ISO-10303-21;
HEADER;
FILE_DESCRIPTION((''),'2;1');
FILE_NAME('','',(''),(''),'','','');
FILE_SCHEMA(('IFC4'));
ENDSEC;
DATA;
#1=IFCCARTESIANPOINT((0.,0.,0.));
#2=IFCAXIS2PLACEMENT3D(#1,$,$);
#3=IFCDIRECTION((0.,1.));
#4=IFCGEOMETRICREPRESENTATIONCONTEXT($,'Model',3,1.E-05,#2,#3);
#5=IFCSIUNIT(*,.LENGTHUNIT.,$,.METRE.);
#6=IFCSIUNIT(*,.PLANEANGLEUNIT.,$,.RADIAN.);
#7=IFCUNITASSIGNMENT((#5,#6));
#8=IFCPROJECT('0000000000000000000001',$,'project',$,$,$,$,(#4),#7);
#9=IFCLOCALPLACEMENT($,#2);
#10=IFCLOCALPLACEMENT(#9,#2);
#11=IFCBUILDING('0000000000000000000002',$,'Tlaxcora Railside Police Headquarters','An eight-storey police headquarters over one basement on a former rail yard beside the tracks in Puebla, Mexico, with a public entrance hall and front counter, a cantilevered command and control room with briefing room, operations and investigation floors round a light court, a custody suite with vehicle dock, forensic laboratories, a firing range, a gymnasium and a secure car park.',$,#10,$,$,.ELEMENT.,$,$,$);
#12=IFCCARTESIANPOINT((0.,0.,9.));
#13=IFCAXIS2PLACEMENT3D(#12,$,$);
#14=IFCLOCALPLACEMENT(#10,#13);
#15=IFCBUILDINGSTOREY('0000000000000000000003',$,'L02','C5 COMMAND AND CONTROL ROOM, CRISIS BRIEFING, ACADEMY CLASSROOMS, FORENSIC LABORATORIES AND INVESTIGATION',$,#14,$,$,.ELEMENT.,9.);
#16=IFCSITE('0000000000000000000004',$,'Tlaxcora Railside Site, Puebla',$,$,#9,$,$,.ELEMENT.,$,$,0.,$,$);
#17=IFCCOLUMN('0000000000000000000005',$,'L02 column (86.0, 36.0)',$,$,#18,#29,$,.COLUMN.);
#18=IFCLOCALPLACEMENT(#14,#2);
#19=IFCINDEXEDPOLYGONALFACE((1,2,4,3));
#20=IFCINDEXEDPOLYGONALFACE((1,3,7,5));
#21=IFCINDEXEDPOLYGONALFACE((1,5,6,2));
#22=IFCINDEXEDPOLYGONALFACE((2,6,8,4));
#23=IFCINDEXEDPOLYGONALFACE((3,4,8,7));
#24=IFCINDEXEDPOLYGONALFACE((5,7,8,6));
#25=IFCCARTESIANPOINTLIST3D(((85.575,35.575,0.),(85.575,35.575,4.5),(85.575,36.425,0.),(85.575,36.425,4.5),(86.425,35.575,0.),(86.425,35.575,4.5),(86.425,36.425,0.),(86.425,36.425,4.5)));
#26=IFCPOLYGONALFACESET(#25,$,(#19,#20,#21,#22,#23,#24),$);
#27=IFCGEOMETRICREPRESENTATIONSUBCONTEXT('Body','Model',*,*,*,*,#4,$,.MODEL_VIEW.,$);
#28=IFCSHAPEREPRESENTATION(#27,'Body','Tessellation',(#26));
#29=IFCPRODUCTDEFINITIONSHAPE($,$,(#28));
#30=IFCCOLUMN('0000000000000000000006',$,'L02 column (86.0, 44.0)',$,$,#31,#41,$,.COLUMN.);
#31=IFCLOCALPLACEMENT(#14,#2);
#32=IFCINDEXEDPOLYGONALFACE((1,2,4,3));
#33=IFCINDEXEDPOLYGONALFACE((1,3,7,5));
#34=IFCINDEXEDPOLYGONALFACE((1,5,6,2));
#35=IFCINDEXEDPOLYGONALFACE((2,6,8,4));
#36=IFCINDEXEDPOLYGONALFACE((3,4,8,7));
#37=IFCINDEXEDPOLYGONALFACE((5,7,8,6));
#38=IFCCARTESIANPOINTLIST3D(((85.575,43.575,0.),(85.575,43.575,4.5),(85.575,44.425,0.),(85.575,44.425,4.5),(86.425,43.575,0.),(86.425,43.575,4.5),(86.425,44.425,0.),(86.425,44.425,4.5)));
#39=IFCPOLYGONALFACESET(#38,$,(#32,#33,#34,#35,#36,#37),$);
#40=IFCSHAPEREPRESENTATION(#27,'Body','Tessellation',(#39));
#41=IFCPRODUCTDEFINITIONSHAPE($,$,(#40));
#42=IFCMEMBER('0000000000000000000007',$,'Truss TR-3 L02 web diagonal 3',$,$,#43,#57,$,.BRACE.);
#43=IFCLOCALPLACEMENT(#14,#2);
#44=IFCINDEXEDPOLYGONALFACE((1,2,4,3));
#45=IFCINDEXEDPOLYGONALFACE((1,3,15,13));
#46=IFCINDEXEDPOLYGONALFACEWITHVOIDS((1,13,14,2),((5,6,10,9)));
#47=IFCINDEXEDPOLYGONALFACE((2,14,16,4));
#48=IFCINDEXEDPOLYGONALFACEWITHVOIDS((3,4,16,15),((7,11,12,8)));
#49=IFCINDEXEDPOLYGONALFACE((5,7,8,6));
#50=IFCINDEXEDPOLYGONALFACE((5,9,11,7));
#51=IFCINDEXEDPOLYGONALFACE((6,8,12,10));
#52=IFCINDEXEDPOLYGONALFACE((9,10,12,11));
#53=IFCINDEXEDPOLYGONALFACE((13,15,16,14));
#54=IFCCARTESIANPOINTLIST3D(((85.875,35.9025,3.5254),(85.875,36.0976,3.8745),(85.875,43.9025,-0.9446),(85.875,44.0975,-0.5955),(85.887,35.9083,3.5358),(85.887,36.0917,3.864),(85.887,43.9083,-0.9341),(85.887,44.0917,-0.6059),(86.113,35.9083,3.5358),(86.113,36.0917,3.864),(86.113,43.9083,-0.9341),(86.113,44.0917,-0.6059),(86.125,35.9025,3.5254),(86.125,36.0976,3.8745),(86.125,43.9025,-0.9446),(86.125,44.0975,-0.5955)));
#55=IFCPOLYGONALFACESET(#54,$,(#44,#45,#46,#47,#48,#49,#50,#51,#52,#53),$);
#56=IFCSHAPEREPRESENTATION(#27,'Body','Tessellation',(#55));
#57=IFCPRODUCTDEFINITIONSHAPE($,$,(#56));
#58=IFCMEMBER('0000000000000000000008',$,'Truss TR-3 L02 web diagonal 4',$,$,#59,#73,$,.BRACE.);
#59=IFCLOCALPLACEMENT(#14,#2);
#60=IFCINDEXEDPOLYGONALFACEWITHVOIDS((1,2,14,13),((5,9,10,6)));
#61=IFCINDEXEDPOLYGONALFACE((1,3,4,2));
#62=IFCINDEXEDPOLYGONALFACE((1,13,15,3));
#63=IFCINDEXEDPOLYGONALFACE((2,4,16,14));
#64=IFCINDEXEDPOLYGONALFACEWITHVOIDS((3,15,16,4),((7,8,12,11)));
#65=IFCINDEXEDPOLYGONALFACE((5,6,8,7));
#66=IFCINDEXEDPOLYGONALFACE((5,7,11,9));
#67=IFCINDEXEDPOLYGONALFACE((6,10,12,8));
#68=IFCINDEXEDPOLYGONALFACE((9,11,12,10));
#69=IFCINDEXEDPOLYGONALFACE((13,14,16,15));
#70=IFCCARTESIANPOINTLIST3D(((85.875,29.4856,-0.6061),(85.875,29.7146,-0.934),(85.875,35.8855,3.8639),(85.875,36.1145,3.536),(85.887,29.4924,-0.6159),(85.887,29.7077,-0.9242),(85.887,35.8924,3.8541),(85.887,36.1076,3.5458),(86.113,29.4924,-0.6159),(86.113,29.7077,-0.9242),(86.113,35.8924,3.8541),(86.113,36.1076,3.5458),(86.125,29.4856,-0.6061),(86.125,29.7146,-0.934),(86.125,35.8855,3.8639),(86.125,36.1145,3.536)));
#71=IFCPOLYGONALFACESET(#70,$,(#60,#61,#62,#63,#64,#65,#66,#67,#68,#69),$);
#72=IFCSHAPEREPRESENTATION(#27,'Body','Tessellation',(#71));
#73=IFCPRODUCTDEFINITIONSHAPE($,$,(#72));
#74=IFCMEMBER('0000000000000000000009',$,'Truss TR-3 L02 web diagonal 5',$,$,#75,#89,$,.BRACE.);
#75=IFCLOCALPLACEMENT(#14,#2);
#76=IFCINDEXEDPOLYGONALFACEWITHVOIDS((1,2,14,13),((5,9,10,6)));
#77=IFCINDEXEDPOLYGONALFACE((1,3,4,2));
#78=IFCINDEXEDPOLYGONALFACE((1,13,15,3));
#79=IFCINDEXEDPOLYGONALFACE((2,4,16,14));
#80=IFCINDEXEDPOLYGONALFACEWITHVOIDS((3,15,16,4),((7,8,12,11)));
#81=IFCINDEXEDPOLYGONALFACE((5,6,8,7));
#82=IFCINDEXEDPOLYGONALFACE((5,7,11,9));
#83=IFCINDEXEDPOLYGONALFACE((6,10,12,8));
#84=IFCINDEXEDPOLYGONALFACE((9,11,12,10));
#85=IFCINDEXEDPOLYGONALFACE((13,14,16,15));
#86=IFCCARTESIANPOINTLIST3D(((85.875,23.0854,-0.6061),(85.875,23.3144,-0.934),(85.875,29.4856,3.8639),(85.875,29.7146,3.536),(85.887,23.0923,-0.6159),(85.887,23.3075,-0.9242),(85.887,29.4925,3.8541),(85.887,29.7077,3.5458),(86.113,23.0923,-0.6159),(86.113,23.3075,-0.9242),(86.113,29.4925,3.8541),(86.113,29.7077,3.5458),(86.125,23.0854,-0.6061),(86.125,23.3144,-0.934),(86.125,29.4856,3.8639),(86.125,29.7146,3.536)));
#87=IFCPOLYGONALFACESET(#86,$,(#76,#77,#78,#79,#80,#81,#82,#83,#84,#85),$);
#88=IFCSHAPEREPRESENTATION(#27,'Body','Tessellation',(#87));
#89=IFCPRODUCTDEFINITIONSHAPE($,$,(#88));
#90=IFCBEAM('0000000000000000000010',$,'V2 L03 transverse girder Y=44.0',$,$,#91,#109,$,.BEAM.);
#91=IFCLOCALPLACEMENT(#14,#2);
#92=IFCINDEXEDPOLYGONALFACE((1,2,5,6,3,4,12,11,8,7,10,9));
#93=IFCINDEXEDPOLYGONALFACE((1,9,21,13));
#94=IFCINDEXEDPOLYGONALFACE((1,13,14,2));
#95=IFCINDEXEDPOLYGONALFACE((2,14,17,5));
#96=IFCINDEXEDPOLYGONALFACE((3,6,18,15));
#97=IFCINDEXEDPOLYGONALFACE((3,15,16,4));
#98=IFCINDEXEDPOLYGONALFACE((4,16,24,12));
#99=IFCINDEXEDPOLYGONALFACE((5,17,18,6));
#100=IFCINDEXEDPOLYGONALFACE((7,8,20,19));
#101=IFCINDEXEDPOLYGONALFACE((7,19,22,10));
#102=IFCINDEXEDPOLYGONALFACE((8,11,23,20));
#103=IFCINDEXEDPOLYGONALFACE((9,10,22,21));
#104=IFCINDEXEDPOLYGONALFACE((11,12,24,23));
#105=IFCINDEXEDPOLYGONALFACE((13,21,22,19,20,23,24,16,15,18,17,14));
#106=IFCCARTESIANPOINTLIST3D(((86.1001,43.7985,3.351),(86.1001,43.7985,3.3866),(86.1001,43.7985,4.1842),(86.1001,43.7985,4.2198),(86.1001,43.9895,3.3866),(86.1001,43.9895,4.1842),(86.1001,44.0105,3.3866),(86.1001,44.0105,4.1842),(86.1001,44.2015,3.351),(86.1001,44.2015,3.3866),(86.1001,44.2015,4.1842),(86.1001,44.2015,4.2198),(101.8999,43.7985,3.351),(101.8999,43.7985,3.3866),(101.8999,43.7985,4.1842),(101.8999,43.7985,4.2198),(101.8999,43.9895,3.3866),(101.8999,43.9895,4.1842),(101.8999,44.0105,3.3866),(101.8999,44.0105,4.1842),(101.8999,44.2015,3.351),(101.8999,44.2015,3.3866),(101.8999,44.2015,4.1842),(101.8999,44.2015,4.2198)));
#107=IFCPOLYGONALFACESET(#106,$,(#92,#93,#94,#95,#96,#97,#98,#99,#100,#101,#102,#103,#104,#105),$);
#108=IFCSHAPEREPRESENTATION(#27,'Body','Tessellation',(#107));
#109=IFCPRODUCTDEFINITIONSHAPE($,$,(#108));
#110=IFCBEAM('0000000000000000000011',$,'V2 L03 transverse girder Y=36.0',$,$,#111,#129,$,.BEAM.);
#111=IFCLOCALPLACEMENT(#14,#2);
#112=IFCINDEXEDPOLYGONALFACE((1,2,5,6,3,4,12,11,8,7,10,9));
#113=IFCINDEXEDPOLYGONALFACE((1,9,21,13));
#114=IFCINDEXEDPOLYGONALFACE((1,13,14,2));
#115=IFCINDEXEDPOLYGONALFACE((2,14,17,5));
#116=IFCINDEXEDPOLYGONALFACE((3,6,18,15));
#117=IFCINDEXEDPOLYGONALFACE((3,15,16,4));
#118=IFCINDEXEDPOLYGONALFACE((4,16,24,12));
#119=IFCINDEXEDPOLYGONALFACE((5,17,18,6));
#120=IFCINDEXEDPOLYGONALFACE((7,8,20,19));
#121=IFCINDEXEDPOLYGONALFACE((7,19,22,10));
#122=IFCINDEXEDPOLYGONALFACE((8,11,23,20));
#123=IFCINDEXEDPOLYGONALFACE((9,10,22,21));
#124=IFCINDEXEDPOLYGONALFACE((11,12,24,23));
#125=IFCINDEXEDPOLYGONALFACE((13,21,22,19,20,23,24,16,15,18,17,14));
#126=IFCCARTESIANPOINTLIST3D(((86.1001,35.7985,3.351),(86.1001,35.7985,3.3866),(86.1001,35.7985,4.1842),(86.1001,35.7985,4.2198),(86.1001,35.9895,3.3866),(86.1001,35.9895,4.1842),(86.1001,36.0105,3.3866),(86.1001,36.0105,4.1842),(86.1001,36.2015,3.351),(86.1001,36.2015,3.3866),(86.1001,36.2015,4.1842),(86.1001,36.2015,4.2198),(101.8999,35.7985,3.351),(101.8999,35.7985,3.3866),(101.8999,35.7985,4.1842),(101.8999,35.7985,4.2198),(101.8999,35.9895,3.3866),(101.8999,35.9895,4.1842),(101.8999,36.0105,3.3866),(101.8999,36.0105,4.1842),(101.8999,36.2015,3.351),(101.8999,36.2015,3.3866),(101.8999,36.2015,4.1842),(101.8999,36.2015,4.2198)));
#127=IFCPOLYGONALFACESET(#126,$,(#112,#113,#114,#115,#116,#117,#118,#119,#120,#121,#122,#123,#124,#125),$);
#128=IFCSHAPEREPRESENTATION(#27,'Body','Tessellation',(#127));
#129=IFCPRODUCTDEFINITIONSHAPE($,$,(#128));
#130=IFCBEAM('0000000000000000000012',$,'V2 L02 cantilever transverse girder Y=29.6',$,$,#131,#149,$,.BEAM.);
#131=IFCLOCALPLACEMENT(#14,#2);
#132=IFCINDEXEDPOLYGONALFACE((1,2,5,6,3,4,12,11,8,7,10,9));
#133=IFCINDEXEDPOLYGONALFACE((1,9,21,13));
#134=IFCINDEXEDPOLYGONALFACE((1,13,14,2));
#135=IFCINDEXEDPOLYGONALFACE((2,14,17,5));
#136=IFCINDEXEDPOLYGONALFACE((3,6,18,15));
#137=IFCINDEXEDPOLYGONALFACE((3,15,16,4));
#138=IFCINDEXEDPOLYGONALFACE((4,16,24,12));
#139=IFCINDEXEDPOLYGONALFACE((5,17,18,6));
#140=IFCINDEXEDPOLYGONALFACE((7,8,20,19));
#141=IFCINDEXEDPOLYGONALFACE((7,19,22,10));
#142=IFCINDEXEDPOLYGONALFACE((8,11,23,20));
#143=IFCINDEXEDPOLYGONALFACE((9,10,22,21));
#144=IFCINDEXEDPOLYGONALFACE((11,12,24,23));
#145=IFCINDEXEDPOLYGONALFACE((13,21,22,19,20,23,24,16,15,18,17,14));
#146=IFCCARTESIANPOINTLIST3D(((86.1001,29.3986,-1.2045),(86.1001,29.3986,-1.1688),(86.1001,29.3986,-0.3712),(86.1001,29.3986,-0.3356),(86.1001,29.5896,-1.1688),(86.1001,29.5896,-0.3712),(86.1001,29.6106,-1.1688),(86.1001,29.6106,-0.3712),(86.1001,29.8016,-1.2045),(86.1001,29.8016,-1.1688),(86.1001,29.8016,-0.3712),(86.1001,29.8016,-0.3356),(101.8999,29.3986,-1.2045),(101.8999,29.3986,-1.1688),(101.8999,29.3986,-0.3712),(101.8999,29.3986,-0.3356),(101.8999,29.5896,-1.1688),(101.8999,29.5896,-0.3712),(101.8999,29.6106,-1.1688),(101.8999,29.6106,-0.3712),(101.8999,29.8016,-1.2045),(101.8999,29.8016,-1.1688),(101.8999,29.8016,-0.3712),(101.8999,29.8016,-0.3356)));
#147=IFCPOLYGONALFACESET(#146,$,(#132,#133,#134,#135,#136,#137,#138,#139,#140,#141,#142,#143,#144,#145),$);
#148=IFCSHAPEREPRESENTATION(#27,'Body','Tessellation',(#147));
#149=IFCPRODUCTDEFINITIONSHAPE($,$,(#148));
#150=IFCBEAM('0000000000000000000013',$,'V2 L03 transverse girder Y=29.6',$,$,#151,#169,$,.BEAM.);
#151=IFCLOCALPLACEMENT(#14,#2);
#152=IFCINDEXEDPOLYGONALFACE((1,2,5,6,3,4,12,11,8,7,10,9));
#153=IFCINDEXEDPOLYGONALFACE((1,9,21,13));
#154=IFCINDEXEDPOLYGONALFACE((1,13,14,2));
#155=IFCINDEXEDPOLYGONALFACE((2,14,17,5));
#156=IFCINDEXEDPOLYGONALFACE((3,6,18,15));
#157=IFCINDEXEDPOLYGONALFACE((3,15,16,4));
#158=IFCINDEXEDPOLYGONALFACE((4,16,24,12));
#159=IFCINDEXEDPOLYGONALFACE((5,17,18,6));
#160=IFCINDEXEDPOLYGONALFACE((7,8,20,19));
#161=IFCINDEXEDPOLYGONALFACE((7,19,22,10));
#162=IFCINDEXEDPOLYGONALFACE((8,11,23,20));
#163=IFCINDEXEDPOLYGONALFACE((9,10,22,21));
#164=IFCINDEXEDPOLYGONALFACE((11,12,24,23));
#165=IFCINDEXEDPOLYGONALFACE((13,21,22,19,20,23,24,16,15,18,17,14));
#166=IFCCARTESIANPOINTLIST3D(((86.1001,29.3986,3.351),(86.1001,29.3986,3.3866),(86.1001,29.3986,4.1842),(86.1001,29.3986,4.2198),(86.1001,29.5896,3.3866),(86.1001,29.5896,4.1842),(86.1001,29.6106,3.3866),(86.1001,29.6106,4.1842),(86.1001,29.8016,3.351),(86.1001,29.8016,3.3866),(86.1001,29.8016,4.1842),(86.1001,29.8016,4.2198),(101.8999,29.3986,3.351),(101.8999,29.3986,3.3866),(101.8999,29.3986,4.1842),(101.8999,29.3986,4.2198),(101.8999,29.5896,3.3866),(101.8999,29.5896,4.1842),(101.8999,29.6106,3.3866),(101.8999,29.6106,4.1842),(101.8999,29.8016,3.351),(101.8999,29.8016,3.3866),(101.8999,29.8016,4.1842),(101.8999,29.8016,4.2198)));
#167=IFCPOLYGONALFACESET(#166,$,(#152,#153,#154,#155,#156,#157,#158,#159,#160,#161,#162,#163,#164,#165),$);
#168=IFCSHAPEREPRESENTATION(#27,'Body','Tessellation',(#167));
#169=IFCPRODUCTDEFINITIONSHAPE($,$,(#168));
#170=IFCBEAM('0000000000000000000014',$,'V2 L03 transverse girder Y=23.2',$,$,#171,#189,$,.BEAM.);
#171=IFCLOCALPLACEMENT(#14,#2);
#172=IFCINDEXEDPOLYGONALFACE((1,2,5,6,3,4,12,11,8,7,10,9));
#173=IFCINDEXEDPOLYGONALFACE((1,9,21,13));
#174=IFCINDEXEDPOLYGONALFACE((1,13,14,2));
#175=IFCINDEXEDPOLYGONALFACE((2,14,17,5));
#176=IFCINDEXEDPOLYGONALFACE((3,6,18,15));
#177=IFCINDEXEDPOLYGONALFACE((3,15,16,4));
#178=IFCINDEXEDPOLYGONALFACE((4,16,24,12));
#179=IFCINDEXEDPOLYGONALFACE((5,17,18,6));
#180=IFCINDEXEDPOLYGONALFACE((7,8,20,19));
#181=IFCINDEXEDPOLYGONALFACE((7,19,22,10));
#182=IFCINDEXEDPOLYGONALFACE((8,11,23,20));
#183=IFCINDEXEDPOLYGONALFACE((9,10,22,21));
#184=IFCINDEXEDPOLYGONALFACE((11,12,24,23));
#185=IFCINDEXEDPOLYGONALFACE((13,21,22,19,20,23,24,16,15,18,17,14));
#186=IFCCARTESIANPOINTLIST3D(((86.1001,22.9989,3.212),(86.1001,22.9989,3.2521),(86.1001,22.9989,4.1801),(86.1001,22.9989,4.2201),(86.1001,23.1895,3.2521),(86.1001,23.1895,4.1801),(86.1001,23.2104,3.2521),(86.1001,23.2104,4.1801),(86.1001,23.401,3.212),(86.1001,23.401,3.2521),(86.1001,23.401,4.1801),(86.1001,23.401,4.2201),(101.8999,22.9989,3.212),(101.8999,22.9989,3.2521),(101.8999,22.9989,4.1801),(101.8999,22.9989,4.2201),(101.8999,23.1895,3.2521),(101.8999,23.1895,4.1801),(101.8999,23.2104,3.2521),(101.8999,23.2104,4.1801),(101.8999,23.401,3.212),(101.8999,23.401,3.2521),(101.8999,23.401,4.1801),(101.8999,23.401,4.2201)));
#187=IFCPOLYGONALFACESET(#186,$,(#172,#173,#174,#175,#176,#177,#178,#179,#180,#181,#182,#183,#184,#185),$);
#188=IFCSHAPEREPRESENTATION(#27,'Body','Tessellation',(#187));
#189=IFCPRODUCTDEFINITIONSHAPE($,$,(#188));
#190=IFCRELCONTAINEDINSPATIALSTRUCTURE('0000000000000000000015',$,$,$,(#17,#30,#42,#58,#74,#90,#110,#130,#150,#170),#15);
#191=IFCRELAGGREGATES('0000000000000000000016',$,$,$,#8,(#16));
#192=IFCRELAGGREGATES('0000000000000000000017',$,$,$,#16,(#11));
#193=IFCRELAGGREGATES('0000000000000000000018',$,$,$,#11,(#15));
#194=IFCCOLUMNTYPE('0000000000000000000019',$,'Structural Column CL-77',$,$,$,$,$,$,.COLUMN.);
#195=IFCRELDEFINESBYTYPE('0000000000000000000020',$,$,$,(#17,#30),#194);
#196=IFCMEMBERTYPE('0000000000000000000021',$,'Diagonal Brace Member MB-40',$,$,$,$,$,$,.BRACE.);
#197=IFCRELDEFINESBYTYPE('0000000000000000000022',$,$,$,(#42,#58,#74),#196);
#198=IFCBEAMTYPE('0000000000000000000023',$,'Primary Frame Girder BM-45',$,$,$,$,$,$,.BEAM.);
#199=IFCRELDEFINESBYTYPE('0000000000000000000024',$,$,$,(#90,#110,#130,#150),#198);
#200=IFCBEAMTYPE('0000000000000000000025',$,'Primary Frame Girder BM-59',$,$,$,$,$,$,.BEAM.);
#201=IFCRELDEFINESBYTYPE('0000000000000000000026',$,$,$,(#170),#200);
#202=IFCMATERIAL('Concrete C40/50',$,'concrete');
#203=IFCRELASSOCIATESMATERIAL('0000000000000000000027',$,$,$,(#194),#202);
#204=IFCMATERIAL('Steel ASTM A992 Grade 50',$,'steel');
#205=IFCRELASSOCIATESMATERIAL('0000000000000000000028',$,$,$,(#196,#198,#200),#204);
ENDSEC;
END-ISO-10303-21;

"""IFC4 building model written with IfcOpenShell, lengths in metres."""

from ifc_helpers import new_model, si_unit, direction, frame, origin, origin_2d, place, context, subcontext, project, spatial, rectangle, hollow_rectangle, i_section, extrude, material, material_profile, profile_set, type_object, element, save


model = new_model("IFC4")

# Units and contexts
model_context = context("Model", 3, precision=1e-05, world=origin(), true_north=direction((0.0, 1.0)))
body_context = subcontext(model_context, "Body", "Model", "MODEL_VIEW")
ifc_project = project(units=[si_unit("LENGTHUNIT", "METRE"), si_unit("PLANEANGLEUNIT", "RADIAN")], contexts=[model_context])

# Site, building, storey
site_placement = place(None, origin())
site = spatial("IfcSite", under=ifc_project, at=site_placement, Name="Tlaxcora Railside Site, Puebla", CompositionType="ELEMENT", RefElevation=0.0)
building_placement = place(site_placement, origin())
building = spatial("IfcBuilding", under=site, at=building_placement, Name="Tlaxcora Railside Police Headquarters", Description="An eight-storey police headquarters over one basement on a former rail yard beside the tracks in Puebla, Mexico, with a public entrance hall and front counter, a cantilevered command and control room with briefing room, operations and investigation floors round a light court, a custody suite with vehicle dock, forensic laboratories, a firing range, a gymnasium and a secure car park.", CompositionType="ELEMENT")
storey_placement = place(building_placement, frame((0.0, 0.0, 9.0)))
storey = spatial("IfcBuildingStorey", under=building, at=storey_placement, Name="L02", Description="C5 COMMAND AND CONTROL ROOM, CRISIS BRIEFING, ACADEMY CLASSROOMS, FORENSIC LABORATORIES AND INVESTIGATION", CompositionType="ELEMENT", Elevation=9.0)

# Columns
ifc_material_1 = material(Name="Concrete C40/50", Category="concrete")
ifc_material_profile_1 = material_profile(ifc_material_1, rectangle(XDim=0.8501, YDim=0.8501, at=origin_2d()), Name="RC850X850")
ifc_profile_set_1 = profile_set([ifc_material_profile_1], Name="Concrete C40/50")
column_type = type_object("IfcColumnType", Name="Structural Column CL-77", PredefinedType="COLUMN", material=ifc_profile_set_1)
for number, where, z_axis, x_axis, name in (
    (1, (86.0, 36.0, 0.0), (0.0, 0.0, 1.0), (1.0, 0.0, 0.0), "L02 column (86.0, 36.0)"),
    (2, (86.0, 44.0, 0.0), (0.0, 0.0, 1.0), (1.0, 0.0, 0.0), "L02 column (86.0, 44.0)"),
):
    element("IfcColumn", number, at=place(storey_placement, frame(where, z_axis=z_axis, x_axis=x_axis)), inside=storey, type_object=column_type, Name=name, PredefinedType="COLUMN", context=body_context, shape_type="SweptSolid", body=[
        extrude(rectangle(XDim=0.8501, YDim=0.8501, at=origin_2d()), origin(), (0.0, 0.0, 1.0), 4.5),
    ])

# Members
ifc_material_2 = material(Name="Steel ASTM A992 Grade 50", Category="steel")
ifc_material_profile_2 = material_profile(ifc_material_2, hollow_rectangle(XDim=0.25, YDim=0.3999, WallThickness=0.012, at=origin_2d()), Name="HSS400X250X12")
ifc_profile_set_2 = profile_set([ifc_material_profile_2], Name="Steel ASTM A992 Grade 50")
member_type_1 = type_object("IfcMemberType", Name="Diagonal Brace Member MB-40", PredefinedType="BRACE", material=ifc_profile_set_2)
member_1_placement = place(storey_placement, frame((86.0, 44.0, -0.77), z_axis=(0.0, -0.872972, 0.48777), x_axis=(1.0, 0.0, 0.0)))
element("IfcMember", 3, at=member_1_placement, inside=storey, type_object=member_type_1, Name="Truss TR-3 L02 web diagonal 3", PredefinedType="BRACE", context=body_context, shape_type="SweptSolid", body=[
    extrude(hollow_rectangle(XDim=0.25, YDim=0.3999, WallThickness=0.012, at=origin_2d()), origin(), (0.0, 0.0, 1.0), 9.1641),
])
member_2_placement = place(storey_placement, frame((86.0, 36.0, 3.7), z_axis=(0.0, -0.819831, -0.572606), x_axis=(1.0, 0.0, 0.0)))
element("IfcMember", 4, at=member_2_placement, inside=storey, type_object=member_type_1, Name="Truss TR-3 L02 web diagonal 4", PredefinedType="BRACE", context=body_context, shape_type="SweptSolid", body=[
    extrude(hollow_rectangle(XDim=0.25, YDim=0.3999, WallThickness=0.012, at=origin_2d()), origin(), (0.0, 0.0, 1.0), 7.8064),
])
member_3_placement = place(storey_placement, frame((86.0, 29.6001, 3.7), z_axis=(0.0, -0.819841, -0.572591), x_axis=(1.0, 0.0, 0.0)))
element("IfcMember", 5, at=member_3_placement, inside=storey, type_object=member_type_1, Name="Truss TR-3 L02 web diagonal 5", PredefinedType="BRACE", context=body_context, shape_type="SweptSolid", body=[
    extrude(hollow_rectangle(XDim=0.25, YDim=0.3999, WallThickness=0.012, at=origin_2d()), origin(), (0.0, 0.0, 1.0), 7.8066),
])

# Beams
ifc_material_profile_3 = material_profile(ifc_material_2, i_section(OverallWidth=0.4031, OverallDepth=0.8689, WebThickness=0.021, FlangeThickness=0.0356, at=origin_2d()), Name="W33X241")
ifc_profile_set_3 = profile_set([ifc_material_profile_3], Name="Steel ASTM A992 Grade 50")
beam_type_1 = type_object("IfcBeamType", Name="Primary Frame Girder BM-45", PredefinedType="BEAM", material=ifc_profile_set_3)
for number, where, z_axis, x_axis, name in (
    (6, (86.1001, 44.0, 3.7854), (1.0, 0.0, 0.0), (0.0, 1.0, 0.0), "V2 L03 transverse girder Y=44.0"),
    (7, (86.1001, 36.0, 3.7854), (1.0, 0.0, 0.0), (0.0, 1.0, 0.0), "V2 L03 transverse girder Y=36.0"),
    (8, (86.1001, 29.6001, -0.77), (1.0, 0.0, 0.0), (0.0, 1.0, 0.0), "V2 L02 cantilever transverse girder Y=29.6"),
    (9, (86.1001, 29.6001, 3.7854), (1.0, 0.0, 0.0), (0.0, 1.0, 0.0), "V2 L03 transverse girder Y=29.6"),
):
    element("IfcBeam", number, at=place(storey_placement, frame(where, z_axis=z_axis, x_axis=x_axis)), inside=storey, type_object=beam_type_1, Name=name, PredefinedType="BEAM", context=body_context, shape_type="SweptSolid", body=[
        extrude(i_section(OverallWidth=0.4031, OverallDepth=0.8689, WebThickness=0.021, FlangeThickness=0.0356, at=origin_2d()), origin(), (0.0, 0.0, 1.0), 15.7998),
    ])
ifc_material_profile_4 = material_profile(ifc_material_2, i_section(OverallWidth=0.4021, OverallDepth=1.0081, WebThickness=0.021, FlangeThickness=0.04, at=origin_2d()), Name="W40X277")
ifc_profile_set_4 = profile_set([ifc_material_profile_4], Name="Steel ASTM A992 Grade 50")
beam_type_2 = type_object("IfcBeamType", Name="Primary Frame Girder BM-59", PredefinedType="BEAM", material=ifc_profile_set_4)
beam_placement = place(storey_placement, frame((86.1001, 23.2, 3.7161), z_axis=(1.0, 0.0, 0.0), x_axis=(0.0, 1.0, 0.0)))
element("IfcBeam", 10, at=beam_placement, inside=storey, type_object=beam_type_2, Name="V2 L03 transverse girder Y=23.2", PredefinedType="BEAM", context=body_context, shape_type="SweptSolid", body=[
    extrude(i_section(OverallWidth=0.4021, OverallDepth=1.0081, WebThickness=0.021, FlangeThickness=0.04, at=origin_2d()), origin(), (0.0, 0.0, 1.0), 15.7998),
])

save(model, "model.ifc")
